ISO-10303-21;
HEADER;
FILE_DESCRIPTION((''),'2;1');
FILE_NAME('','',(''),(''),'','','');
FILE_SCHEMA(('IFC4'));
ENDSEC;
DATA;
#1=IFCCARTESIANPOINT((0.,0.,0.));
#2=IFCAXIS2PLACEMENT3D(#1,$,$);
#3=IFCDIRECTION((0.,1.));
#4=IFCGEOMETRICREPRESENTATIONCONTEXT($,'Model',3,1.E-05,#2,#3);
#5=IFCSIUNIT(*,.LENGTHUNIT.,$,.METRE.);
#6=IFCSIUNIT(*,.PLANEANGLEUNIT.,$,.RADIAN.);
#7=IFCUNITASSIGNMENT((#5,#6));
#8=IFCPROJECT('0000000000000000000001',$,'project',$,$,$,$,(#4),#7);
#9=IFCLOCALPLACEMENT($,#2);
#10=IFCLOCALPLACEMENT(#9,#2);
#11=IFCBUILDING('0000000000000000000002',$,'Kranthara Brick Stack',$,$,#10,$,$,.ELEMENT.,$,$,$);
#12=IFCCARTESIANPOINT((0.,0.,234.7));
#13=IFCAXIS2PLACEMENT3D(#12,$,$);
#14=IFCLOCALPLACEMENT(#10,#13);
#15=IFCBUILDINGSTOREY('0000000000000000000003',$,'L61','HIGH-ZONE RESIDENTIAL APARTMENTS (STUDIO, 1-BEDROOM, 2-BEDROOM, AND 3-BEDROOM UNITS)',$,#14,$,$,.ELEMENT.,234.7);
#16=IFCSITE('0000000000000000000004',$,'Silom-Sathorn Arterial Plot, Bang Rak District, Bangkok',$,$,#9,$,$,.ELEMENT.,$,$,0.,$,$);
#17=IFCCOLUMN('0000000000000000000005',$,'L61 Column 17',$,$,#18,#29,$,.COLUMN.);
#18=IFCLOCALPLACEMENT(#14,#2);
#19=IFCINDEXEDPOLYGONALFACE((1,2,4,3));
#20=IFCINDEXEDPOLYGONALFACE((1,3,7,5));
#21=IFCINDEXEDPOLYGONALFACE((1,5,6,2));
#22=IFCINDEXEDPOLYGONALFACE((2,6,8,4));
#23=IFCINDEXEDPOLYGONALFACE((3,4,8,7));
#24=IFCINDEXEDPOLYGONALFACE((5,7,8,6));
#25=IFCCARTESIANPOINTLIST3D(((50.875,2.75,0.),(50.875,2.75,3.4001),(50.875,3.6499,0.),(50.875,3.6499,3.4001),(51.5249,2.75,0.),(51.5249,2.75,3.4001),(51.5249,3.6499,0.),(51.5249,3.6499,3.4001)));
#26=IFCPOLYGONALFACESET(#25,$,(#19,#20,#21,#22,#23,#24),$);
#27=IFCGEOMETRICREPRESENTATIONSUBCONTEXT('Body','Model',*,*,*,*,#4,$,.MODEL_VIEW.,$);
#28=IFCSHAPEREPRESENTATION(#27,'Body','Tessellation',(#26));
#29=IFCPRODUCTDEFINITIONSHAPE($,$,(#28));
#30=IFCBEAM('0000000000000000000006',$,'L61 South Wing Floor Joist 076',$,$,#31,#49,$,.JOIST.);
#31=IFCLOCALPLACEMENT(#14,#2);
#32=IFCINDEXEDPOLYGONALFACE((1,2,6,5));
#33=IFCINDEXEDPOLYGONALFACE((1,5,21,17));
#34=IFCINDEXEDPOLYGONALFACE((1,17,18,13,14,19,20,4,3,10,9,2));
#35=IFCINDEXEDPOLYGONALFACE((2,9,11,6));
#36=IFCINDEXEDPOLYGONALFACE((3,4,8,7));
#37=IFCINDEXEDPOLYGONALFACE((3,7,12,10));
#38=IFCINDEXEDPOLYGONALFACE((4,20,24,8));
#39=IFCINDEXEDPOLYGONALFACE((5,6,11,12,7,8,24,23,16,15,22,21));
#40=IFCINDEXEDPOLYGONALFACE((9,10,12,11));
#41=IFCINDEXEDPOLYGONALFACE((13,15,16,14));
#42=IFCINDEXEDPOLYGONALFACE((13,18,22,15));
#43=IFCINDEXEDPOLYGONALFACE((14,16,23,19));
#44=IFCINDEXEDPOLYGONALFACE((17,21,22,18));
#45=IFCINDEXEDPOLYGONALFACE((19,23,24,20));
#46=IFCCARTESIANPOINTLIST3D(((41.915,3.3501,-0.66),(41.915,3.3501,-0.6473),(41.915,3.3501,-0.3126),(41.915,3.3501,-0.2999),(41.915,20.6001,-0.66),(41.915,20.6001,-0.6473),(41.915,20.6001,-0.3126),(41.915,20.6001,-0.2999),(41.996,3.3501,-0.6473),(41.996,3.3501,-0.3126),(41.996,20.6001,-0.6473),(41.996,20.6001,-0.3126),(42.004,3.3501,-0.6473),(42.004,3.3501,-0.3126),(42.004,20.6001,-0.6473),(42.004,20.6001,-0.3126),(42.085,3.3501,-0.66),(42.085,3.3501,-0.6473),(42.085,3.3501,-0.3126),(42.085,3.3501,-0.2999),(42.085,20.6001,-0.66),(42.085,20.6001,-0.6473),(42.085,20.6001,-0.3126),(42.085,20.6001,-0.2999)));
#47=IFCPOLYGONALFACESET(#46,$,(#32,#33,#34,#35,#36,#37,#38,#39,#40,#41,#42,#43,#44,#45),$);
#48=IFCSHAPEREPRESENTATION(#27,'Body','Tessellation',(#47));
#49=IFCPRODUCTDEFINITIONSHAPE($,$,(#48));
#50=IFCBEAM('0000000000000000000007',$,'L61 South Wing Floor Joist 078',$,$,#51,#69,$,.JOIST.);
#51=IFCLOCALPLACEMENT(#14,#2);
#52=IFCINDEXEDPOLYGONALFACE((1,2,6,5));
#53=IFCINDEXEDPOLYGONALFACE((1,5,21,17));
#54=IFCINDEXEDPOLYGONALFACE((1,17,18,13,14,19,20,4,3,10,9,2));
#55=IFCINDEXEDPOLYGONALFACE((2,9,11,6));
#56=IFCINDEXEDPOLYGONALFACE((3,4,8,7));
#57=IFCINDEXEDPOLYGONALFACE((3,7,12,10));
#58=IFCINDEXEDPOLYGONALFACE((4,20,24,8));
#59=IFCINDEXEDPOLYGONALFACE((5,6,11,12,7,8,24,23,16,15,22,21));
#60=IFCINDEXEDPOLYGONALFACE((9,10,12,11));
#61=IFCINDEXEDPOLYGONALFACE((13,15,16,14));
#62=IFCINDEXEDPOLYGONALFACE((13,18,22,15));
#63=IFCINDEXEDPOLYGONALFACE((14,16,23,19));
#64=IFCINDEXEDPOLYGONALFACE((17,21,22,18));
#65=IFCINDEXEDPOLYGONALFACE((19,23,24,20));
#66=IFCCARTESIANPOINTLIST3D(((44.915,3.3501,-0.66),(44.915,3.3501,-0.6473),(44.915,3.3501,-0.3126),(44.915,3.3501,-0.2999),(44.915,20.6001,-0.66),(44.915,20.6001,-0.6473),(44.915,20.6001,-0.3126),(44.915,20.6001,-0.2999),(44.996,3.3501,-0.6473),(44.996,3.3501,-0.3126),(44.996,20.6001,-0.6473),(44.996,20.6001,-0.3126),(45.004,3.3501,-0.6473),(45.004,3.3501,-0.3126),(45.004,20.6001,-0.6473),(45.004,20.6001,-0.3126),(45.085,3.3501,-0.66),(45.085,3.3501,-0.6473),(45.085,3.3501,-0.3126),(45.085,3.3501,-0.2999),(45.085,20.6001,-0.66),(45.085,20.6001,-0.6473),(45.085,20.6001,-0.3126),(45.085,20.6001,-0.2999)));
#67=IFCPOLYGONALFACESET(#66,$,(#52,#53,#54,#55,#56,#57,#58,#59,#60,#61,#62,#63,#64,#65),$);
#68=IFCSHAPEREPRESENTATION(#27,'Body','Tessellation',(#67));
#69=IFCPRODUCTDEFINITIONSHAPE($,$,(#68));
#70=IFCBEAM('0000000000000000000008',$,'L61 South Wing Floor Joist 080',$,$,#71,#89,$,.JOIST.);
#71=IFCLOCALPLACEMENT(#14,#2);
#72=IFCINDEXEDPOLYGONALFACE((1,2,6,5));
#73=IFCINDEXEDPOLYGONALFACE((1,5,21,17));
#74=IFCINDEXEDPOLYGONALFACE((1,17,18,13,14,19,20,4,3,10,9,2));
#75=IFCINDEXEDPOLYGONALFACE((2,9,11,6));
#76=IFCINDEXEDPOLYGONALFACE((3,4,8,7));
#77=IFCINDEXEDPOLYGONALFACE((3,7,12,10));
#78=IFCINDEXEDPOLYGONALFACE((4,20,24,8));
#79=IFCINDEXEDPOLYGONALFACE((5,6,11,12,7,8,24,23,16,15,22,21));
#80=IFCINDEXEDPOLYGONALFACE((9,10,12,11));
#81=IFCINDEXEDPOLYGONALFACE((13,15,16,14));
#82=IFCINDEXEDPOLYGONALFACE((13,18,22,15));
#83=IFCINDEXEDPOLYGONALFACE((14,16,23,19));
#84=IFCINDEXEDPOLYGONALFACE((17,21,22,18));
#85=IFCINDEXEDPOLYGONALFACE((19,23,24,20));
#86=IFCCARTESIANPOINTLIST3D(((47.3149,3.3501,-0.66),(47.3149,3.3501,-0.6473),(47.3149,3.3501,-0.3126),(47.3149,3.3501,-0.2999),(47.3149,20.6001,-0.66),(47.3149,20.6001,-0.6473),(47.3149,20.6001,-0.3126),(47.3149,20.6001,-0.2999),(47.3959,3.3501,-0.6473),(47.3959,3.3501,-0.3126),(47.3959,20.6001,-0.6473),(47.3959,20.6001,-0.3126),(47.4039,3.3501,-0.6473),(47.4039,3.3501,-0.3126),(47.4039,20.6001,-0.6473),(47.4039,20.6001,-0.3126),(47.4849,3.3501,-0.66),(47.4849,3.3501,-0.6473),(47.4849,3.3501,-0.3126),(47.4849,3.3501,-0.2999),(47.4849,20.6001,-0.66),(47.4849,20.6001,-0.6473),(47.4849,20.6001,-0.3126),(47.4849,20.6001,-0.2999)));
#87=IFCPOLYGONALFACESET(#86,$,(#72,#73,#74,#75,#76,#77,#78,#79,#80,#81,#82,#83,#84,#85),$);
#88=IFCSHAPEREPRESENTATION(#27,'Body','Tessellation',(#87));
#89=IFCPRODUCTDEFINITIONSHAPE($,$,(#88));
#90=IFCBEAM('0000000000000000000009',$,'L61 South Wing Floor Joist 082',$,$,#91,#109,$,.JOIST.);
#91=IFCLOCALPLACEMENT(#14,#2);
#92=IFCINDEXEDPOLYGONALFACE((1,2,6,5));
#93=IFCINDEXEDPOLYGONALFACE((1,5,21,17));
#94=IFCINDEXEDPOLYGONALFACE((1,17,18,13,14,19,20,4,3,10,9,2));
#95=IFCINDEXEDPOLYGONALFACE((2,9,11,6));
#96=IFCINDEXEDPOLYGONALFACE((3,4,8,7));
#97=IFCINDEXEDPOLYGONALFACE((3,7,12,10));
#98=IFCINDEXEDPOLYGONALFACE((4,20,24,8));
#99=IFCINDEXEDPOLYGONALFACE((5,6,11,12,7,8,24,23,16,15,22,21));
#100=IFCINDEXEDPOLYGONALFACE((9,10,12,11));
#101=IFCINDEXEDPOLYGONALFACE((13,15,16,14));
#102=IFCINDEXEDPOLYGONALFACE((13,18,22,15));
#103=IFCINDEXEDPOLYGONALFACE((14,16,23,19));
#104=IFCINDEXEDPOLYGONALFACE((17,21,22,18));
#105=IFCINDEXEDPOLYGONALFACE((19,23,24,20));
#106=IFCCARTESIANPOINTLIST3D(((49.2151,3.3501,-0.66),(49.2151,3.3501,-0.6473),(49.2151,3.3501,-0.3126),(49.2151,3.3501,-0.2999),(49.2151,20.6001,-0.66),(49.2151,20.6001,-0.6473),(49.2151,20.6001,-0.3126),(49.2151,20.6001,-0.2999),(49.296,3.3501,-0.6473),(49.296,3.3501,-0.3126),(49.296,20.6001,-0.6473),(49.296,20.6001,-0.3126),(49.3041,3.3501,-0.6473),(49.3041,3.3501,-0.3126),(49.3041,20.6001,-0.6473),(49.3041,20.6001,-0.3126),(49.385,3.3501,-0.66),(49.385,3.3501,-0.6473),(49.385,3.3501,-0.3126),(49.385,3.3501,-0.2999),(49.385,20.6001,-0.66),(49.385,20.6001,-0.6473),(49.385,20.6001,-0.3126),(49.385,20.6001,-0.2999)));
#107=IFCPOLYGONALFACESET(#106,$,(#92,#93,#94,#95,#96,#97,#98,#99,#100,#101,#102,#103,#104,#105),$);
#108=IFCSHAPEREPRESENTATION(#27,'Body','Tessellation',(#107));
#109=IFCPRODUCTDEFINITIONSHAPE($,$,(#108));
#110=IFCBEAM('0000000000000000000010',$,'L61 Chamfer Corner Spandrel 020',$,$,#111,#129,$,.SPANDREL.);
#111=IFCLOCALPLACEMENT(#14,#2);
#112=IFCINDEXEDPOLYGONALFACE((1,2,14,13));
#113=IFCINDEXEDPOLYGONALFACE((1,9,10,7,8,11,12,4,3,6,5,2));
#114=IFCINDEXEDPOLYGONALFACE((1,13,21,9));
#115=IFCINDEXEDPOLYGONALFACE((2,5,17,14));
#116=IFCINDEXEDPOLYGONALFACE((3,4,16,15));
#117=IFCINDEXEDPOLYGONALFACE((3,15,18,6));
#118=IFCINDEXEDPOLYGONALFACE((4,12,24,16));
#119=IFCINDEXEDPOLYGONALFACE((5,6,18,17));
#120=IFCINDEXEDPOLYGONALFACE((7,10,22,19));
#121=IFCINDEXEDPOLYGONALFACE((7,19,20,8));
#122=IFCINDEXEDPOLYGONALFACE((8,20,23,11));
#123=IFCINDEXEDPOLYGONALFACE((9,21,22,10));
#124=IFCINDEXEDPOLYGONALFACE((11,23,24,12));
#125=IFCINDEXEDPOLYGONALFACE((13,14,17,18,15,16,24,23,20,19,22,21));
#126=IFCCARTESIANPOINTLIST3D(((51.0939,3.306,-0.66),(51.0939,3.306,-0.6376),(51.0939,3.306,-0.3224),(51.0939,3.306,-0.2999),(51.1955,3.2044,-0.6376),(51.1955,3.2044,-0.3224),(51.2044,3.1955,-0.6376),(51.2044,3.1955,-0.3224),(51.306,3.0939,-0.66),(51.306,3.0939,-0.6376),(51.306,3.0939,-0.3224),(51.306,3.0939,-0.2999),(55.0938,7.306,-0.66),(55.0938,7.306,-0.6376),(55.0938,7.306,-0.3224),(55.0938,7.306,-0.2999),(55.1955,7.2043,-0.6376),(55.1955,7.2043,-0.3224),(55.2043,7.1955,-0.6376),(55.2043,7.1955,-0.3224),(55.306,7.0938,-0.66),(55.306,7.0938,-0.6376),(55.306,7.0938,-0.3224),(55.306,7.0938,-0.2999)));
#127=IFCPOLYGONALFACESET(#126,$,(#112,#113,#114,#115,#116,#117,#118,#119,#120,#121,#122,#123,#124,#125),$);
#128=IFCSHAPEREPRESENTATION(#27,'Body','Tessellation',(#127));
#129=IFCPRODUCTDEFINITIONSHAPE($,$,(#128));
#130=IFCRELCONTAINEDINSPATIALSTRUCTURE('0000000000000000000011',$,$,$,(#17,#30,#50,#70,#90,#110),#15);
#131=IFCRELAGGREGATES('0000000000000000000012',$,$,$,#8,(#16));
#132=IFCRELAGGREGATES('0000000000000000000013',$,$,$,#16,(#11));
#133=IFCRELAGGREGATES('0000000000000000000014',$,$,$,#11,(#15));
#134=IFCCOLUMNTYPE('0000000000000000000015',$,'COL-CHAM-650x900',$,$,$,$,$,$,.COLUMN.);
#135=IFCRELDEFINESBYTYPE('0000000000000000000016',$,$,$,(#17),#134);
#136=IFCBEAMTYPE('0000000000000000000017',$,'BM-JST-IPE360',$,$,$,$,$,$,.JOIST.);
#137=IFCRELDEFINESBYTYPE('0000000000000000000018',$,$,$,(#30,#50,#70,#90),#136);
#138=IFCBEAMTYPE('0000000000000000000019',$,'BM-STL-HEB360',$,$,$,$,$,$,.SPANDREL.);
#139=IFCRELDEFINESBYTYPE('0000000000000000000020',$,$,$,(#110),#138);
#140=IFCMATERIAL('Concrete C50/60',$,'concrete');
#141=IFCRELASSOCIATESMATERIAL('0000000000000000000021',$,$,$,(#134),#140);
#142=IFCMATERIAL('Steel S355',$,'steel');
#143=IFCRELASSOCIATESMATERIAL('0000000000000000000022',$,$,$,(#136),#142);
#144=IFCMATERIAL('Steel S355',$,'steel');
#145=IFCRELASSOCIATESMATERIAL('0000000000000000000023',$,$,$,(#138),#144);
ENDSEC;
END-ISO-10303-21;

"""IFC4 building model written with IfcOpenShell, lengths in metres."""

from ifc_helpers import new_model, si_unit, direction, frame, origin, origin_2d, place, context, subcontext, project, spatial, rectangle, i_section, extrude, material, material_profile, profile_set, type_object, element, save


model = new_model("IFC4")

# Units and contexts
model_context = context("Model", 3, precision=1e-05, world=origin(), true_north=direction((0.0, 1.0)))
body_context = subcontext(model_context, "Body", "Model", "MODEL_VIEW")
ifc_project = project(units=[si_unit("LENGTHUNIT", "METRE"), si_unit("PLANEANGLEUNIT", "RADIAN")], contexts=[model_context])

# Site, building, storey
site_placement = place(None, origin())
site = spatial("IfcSite", under=ifc_project, at=site_placement, Name="Silom-Sathorn Arterial Plot, Bang Rak District, Bangkok", CompositionType="ELEMENT", RefElevation=0.0)
building_placement = place(site_placement, origin())
building = spatial("IfcBuilding", under=site, at=building_placement, Name="Kranthara Brick Stack", CompositionType="ELEMENT")
storey_placement = place(building_placement, frame((0.0, 0.0, 234.7)))
storey = spatial("IfcBuildingStorey", under=building, at=storey_placement, Name="L61", Description="HIGH-ZONE RESIDENTIAL APARTMENTS (STUDIO, 1-BEDROOM, 2-BEDROOM, AND 3-BEDROOM UNITS)", CompositionType="ELEMENT", Elevation=234.7)

# Column
ifc_material_1 = material(Name="Concrete C50/60", Category="concrete")
ifc_material_profile_1 = material_profile(ifc_material_1, rectangle(XDim=0.6499, YDim=0.8999, at=origin_2d()), Name="RC 650x900")
ifc_profile_set_1 = profile_set([ifc_material_profile_1], Name="Concrete C50/60")
column_type = type_object("IfcColumnType", Name="COL-CHAM-650x900", PredefinedType="COLUMN", material=ifc_profile_set_1)
column_placement = place(storey_placement, frame((51.2, 3.2, 0.0), z_axis=(0.0, 0.0, 1.0), x_axis=(1.0, 0.0, 0.0)))
element("IfcColumn", 1, at=column_placement, inside=storey, type_object=column_type, Name="L61 Column 17", PredefinedType="COLUMN", context=body_context, shape_type="SweptSolid", body=[
    extrude(rectangle(XDim=0.6499, YDim=0.8999, at=origin_2d()), origin(), (0.0, 0.0, 1.0), 3.4001),
])

# Beams
ifc_material_2 = material(Name="Steel S355", Category="steel")
ifc_material_profile_2 = material_profile(ifc_material_2, i_section(OverallWidth=0.1699, OverallDepth=0.3601, WebThickness=0.0081, FlangeThickness=0.0127, at=origin_2d()), Name="IPE 360")
ifc_profile_set_2 = profile_set([ifc_material_profile_2], Name="Steel S355")
beam_type_1 = type_object("IfcBeamType", Name="BM-JST-IPE360", PredefinedType="JOIST", material=ifc_profile_set_2)
for number, where, z_axis, x_axis, name in (
    (2, (42.0, 3.3501, -0.48), (0.0, 1.0, 0.0), (-1.0, 0.0, 0.0), "L61 South Wing Floor Joist 076"),
    (3, (45.0, 3.3501, -0.48), (0.0, 1.0, 0.0), (-1.0, 0.0, 0.0), "L61 South Wing Floor Joist 078"),
    (4, (47.3999, 3.3501, -0.48), (0.0, 1.0, 0.0), (-1.0, 0.0, 0.0), "L61 South Wing Floor Joist 080"),
    (5, (49.3, 3.3501, -0.48), (0.0, 1.0, 0.0), (-1.0, 0.0, 0.0), "L61 South Wing Floor Joist 082"),
):
    element("IfcBeam", number, at=place(storey_placement, frame(where, z_axis=z_axis, x_axis=x_axis)), inside=storey, type_object=beam_type_1, Name=name, PredefinedType="JOIST", context=body_context, shape_type="SweptSolid", body=[
        extrude(i_section(OverallWidth=0.1699, OverallDepth=0.3601, WebThickness=0.0081, FlangeThickness=0.0127, at=origin_2d()), origin(), (0.0, 0.0, 1.0), 17.25),
    ])
ifc_material_3 = material(Name="Steel S355", Category="steel")
ifc_material_profile_3 = material_profile(ifc_material_3, i_section(OverallWidth=0.3, OverallDepth=0.3601, WebThickness=0.0125, FlangeThickness=0.0225, at=origin_2d()), Name="HEB 360")
ifc_profile_set_3 = profile_set([ifc_material_profile_3], Name="Steel S355")
beam_type_2 = type_object("IfcBeamType", Name="BM-STL-HEB360", PredefinedType="SPANDREL", material=ifc_profile_set_3)
beam_placement = place(storey_placement, frame((51.2, 3.2, -0.48), z_axis=(0.707107, 0.707107, 0.0), x_axis=(-0.707107, 0.707107, 0.0)))
element("IfcBeam", 6, at=beam_placement, inside=storey, type_object=beam_type_2, Name="L61 Chamfer Corner Spandrel 020", PredefinedType="SPANDREL", context=body_context, shape_type="SweptSolid", body=[
    extrude(i_section(OverallWidth=0.3, OverallDepth=0.3601, WebThickness=0.0125, FlangeThickness=0.0225, at=origin_2d()), origin(), (0.0, 0.0, 1.0), 5.6567),
])

save(model, "model.ifc")
